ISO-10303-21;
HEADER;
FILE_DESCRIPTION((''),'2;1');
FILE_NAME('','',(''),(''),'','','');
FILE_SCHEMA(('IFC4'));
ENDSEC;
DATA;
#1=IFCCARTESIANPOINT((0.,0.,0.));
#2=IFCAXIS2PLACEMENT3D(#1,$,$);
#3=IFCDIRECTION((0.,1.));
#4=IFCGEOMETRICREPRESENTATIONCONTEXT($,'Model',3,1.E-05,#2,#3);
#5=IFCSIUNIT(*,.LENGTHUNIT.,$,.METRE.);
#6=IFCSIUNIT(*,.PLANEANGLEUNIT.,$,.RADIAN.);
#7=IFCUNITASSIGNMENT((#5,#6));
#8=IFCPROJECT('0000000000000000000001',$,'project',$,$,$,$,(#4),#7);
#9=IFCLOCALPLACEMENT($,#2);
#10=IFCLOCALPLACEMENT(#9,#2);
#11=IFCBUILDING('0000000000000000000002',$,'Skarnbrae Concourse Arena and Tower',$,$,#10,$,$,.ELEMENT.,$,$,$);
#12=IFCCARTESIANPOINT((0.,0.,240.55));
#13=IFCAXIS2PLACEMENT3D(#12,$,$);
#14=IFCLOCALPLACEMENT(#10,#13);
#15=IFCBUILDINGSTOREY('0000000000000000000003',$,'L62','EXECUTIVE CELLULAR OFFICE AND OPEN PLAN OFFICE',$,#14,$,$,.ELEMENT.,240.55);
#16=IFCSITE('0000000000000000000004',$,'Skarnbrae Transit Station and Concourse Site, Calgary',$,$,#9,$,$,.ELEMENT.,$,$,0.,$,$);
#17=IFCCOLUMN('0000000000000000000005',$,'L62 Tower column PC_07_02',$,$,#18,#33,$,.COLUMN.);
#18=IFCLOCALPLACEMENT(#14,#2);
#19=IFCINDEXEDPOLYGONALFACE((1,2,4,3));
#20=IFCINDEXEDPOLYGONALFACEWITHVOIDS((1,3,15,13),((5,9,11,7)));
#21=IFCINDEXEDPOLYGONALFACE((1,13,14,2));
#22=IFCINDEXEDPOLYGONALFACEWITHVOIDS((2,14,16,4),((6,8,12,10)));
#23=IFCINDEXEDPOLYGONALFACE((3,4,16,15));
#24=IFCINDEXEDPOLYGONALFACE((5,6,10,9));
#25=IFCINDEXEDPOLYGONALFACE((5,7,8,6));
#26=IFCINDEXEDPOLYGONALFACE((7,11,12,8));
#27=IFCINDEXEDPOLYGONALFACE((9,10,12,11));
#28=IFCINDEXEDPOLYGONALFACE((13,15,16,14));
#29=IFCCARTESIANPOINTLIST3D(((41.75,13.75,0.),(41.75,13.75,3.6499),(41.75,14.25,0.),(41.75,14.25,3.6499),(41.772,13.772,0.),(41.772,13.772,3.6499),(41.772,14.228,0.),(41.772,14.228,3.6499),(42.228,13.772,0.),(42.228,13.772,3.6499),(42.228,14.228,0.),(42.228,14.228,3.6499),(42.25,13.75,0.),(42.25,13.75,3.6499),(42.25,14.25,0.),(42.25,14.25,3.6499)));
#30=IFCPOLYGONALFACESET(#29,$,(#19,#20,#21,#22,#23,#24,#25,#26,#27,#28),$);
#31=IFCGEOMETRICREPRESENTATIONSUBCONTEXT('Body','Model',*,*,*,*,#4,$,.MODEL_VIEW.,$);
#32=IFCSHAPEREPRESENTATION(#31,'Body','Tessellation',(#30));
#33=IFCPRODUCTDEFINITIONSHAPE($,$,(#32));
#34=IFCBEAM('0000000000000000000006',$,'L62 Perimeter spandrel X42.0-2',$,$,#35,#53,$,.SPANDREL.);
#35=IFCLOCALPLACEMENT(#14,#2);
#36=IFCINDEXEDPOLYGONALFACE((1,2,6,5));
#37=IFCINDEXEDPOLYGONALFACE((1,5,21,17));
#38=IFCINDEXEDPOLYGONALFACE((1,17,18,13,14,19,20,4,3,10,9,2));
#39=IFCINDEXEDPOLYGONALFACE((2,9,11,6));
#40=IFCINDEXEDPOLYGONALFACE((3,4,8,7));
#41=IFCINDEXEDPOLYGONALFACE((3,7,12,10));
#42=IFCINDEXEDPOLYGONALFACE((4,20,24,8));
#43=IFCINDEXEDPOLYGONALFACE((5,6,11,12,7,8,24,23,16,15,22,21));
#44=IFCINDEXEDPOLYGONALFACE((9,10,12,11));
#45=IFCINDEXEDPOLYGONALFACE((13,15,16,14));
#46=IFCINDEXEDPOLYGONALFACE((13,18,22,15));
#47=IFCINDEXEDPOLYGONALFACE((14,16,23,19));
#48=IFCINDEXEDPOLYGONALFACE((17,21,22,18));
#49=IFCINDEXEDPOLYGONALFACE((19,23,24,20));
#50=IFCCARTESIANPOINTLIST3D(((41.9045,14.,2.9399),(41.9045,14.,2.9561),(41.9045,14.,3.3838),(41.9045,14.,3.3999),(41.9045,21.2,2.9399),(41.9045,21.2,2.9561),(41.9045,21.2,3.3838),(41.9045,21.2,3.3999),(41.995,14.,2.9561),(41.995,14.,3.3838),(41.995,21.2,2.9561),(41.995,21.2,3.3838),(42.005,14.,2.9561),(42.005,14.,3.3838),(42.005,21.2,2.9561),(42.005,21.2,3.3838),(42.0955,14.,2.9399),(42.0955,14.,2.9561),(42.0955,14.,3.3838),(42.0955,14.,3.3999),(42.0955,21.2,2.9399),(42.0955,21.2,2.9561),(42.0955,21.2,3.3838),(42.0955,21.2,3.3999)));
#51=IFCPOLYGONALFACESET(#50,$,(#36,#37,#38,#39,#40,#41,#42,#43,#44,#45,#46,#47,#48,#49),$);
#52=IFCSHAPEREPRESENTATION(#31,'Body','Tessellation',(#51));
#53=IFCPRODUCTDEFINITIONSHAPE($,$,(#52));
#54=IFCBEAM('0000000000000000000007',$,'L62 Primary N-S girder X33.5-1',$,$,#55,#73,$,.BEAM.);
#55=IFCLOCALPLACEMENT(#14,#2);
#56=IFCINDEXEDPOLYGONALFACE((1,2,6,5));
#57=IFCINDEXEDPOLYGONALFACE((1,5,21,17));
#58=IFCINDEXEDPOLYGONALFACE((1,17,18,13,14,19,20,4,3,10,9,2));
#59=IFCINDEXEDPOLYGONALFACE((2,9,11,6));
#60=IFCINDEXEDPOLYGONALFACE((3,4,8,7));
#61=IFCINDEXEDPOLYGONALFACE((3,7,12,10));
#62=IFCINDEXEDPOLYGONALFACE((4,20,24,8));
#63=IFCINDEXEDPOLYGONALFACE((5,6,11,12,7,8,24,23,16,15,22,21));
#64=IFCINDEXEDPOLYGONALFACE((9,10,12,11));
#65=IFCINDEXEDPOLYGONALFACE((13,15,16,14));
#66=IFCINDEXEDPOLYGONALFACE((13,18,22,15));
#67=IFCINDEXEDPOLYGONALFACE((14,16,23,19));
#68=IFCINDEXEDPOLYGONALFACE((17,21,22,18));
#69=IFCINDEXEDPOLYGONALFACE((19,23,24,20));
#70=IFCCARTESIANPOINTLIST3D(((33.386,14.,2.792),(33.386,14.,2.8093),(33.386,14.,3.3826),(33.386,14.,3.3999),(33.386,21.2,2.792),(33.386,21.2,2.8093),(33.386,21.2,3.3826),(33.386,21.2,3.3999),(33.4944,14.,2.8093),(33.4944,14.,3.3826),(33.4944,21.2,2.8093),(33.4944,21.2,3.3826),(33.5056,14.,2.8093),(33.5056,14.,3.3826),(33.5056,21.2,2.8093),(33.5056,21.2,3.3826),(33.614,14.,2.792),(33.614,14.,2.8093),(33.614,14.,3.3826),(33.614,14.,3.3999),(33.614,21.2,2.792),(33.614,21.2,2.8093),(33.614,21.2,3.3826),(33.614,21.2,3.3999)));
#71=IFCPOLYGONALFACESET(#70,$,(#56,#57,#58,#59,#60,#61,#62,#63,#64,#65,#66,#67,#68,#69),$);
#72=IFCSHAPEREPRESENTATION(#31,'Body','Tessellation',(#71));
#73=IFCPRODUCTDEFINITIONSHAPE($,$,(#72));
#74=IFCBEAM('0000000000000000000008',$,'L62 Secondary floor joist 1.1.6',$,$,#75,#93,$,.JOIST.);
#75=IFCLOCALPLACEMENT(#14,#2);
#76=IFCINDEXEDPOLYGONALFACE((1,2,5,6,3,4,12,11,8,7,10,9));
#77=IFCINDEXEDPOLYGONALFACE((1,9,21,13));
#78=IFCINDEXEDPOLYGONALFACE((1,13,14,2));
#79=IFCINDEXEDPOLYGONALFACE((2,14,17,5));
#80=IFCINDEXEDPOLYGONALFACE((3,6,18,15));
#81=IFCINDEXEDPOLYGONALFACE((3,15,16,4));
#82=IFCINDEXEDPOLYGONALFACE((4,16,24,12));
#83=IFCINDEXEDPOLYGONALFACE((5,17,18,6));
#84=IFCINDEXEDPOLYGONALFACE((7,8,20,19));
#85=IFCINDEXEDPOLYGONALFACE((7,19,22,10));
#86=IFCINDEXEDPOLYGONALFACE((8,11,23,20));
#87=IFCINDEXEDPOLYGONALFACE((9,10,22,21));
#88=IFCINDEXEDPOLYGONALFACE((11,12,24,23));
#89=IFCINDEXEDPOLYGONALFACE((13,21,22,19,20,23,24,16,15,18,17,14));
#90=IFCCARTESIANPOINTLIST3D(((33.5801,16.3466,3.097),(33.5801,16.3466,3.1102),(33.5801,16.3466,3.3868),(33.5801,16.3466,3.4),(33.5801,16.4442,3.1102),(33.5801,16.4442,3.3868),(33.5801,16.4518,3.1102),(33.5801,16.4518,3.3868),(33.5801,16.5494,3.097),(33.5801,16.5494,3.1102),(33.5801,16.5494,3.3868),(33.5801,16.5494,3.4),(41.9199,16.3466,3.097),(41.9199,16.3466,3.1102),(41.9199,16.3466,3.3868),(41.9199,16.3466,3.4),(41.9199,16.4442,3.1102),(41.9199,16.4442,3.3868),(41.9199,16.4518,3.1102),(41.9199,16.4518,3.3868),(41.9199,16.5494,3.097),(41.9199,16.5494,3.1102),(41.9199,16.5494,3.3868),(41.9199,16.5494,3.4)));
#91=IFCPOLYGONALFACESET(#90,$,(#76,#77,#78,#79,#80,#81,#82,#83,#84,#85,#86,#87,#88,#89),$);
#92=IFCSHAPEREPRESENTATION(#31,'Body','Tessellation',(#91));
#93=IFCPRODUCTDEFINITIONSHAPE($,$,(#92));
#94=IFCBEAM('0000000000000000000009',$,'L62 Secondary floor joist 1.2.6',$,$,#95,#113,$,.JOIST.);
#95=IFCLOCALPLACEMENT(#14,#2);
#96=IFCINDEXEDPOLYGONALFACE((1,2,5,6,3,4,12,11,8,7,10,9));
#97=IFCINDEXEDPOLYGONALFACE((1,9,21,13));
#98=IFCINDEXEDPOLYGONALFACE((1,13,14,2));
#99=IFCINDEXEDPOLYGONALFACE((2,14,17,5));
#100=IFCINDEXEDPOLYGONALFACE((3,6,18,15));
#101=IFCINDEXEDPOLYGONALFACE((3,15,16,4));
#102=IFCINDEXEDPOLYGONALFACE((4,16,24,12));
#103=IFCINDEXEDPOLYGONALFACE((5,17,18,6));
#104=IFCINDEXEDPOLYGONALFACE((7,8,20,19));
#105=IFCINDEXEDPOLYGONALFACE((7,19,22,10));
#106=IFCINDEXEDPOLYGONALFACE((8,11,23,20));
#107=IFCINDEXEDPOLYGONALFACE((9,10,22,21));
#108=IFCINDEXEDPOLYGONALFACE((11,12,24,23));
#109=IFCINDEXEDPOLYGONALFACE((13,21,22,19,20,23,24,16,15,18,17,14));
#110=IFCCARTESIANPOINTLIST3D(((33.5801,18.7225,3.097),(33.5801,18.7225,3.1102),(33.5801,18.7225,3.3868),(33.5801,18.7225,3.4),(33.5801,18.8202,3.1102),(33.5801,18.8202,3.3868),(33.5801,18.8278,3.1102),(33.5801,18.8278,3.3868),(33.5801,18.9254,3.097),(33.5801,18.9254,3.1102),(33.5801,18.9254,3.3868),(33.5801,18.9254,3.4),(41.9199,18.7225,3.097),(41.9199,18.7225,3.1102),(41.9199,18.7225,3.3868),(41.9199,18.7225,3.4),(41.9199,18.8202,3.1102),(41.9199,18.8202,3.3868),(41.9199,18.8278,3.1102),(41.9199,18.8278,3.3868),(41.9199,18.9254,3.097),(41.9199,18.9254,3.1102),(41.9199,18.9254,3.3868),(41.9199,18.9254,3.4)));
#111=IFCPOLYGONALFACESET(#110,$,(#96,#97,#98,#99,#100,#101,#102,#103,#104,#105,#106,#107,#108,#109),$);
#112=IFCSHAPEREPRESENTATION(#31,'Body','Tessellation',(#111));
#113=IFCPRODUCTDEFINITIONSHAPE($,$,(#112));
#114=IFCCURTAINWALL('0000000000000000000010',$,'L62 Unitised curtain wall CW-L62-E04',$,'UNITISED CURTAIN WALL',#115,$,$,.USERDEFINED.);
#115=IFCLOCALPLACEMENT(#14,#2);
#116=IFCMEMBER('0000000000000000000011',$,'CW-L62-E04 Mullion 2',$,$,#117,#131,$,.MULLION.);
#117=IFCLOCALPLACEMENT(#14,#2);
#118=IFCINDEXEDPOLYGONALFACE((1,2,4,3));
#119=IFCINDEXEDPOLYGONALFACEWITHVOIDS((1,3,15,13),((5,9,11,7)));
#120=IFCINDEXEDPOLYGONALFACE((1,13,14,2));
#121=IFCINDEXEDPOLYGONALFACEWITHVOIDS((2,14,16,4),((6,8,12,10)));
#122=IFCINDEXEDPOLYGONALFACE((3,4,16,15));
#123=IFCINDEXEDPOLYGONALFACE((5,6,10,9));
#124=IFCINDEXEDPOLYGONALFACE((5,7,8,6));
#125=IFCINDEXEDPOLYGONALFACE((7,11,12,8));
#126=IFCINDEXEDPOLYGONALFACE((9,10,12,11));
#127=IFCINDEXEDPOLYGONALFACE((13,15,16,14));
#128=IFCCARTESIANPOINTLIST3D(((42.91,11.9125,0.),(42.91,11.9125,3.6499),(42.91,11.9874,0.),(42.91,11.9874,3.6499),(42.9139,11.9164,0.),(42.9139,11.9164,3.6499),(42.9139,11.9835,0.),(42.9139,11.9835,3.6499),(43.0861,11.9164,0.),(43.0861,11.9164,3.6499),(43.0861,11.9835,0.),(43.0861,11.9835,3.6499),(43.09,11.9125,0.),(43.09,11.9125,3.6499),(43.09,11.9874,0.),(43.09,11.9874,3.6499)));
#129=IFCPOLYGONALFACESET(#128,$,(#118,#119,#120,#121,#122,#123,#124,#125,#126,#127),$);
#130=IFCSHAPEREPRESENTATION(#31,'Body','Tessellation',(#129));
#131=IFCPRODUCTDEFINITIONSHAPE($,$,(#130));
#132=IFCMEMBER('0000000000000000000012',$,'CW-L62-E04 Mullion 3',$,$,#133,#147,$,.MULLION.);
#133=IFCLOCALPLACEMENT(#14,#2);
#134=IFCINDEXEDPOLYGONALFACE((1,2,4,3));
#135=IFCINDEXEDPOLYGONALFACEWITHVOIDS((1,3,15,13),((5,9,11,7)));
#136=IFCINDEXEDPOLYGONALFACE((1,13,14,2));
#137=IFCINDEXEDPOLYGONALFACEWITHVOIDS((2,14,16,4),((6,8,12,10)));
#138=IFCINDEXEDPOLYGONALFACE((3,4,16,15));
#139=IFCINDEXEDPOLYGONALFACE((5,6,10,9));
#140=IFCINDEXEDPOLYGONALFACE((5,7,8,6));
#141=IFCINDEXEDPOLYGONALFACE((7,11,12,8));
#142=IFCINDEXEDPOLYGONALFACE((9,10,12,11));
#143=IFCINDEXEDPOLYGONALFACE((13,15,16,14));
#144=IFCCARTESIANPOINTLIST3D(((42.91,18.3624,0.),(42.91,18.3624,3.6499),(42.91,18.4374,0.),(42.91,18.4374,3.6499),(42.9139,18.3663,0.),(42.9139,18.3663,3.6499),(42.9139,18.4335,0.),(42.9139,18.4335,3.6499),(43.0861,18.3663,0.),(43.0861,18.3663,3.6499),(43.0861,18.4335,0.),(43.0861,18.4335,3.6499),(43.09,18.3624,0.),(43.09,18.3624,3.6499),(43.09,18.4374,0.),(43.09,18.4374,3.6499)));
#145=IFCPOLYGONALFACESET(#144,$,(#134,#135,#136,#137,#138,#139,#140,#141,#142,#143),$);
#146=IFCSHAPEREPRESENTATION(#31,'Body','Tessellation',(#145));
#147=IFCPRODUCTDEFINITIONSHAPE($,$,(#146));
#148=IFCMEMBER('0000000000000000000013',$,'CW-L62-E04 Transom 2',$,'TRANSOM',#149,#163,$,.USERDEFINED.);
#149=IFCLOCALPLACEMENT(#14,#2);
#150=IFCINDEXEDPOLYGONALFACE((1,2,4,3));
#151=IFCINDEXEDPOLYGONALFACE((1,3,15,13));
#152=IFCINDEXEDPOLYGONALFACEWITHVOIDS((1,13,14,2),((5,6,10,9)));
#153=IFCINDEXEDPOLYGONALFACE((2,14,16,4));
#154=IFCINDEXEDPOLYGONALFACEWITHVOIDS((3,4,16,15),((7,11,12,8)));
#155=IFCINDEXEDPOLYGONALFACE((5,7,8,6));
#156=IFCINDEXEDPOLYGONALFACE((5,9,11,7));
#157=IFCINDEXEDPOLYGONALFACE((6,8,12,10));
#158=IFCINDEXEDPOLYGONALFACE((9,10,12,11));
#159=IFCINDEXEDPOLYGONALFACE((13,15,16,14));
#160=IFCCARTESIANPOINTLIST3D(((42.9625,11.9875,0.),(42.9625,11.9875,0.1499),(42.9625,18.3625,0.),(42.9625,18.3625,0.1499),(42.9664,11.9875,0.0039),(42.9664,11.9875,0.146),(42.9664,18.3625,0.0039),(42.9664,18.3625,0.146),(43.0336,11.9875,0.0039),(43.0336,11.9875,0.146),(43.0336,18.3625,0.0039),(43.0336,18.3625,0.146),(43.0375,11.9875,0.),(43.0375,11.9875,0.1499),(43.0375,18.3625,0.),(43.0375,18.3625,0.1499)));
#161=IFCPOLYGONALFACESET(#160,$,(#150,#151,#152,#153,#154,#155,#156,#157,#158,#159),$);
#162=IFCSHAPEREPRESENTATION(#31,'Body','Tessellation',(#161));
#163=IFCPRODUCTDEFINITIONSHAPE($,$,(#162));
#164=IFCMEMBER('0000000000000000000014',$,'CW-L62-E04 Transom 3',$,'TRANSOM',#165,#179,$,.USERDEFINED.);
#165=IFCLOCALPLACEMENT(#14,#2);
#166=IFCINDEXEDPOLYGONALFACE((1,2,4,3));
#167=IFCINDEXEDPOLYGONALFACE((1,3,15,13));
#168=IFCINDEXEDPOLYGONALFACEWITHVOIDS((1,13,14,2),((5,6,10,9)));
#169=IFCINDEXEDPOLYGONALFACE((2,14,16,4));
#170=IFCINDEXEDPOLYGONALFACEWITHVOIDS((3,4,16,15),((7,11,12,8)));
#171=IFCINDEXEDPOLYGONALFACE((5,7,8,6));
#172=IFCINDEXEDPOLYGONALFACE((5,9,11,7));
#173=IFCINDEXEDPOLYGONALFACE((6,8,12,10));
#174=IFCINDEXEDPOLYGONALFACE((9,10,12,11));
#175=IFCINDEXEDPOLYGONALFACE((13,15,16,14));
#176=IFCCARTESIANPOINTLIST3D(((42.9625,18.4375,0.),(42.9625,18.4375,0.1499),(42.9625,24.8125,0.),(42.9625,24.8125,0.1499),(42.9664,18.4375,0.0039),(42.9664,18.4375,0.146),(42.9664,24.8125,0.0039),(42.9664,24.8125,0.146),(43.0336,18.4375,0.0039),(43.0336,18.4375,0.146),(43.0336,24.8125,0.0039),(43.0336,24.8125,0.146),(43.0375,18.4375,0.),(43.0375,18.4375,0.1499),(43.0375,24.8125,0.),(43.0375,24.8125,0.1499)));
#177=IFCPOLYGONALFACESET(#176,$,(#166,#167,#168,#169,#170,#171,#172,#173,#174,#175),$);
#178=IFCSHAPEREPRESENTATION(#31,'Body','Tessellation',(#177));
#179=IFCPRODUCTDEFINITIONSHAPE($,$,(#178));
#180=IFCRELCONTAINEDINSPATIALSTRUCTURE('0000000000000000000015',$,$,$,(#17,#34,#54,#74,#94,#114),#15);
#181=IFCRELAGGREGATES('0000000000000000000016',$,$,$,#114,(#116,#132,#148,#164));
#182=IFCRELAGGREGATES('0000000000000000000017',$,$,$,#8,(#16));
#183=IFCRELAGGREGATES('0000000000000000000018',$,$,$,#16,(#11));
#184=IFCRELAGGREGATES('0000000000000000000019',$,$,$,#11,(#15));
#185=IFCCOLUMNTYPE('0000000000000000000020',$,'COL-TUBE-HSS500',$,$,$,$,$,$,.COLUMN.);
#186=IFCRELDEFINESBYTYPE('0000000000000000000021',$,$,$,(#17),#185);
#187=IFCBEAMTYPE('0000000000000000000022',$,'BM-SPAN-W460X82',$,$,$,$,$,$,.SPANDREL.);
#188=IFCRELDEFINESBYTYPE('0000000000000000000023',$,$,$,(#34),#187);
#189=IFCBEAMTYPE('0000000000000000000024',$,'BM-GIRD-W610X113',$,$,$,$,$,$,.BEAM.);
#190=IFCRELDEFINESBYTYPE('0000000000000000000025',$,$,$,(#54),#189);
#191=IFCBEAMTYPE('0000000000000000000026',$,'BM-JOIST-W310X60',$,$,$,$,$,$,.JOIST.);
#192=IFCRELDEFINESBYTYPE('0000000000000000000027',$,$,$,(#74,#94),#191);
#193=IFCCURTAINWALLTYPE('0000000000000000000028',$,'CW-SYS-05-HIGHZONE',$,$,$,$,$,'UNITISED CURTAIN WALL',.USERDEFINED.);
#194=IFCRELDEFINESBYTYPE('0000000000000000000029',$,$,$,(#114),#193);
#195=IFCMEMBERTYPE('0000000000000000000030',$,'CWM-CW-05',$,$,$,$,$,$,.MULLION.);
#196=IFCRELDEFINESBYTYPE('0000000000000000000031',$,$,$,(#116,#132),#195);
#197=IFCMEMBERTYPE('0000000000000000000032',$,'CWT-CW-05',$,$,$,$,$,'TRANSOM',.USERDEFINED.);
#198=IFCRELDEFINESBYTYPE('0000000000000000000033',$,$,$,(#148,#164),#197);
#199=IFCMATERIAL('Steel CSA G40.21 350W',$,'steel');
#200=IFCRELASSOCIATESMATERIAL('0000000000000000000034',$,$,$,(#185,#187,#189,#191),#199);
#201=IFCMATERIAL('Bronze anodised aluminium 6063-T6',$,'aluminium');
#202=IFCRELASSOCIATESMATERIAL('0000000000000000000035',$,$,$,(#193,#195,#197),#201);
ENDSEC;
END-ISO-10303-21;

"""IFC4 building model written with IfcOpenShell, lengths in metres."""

from ifc_helpers import new_model, si_unit, direction, frame, origin, origin_2d, place, context, subcontext, project, spatial, hollow_rectangle, i_section, extrude, source, transform, mapped, material, material_profile, profile_set, type_object, element, aggregate, save


model = new_model("IFC4")

# Units and contexts
model_context = context("Model", 3, precision=1e-05, world=origin(), true_north=direction((0.0, 1.0)))
body_context = subcontext(model_context, "Body", "Model", "MODEL_VIEW")
ifc_project = project(units=[si_unit("LENGTHUNIT", "METRE"), si_unit("PLANEANGLEUNIT", "RADIAN")], contexts=[model_context])

# Site, building, storey
site_placement = place(None, origin())
site = spatial("IfcSite", under=ifc_project, at=site_placement, Name="Skarnbrae Transit Station and Concourse Site, Calgary", CompositionType="ELEMENT", RefElevation=0.0)
building_placement = place(site_placement, origin())
building = spatial("IfcBuilding", under=site, at=building_placement, Name="Skarnbrae Concourse Arena and Tower", CompositionType="ELEMENT")
storey_placement = place(building_placement, frame((0.0, 0.0, 240.55)))
storey = spatial("IfcBuildingStorey", under=building, at=storey_placement, Name="L62", Description="EXECUTIVE CELLULAR OFFICE AND OPEN PLAN OFFICE", CompositionType="ELEMENT", Elevation=240.55)

# Column
ifc_material_1 = material(Name="Steel CSA G40.21 350W", Category="steel")
ifc_material_profile_1 = material_profile(ifc_material_1, hollow_rectangle(XDim=0.5, YDim=0.5, WallThickness=0.022, at=origin_2d()), Name="HSS500X500X22.0")
ifc_profile_set_1 = profile_set([ifc_material_profile_1], Name="Steel CSA G40.21 350W")
column_type = type_object("IfcColumnType", Name="COL-TUBE-HSS500", PredefinedType="COLUMN", material=ifc_profile_set_1)
shared_shape_1 = source(origin(), body_context, "Body", "SweptSolid", [
    extrude(hollow_rectangle(XDim=0.5, YDim=0.5, WallThickness=0.022, at=origin_2d()), origin(), (0.0, 0.0, 1.0), 3.6499),
])
column_placement = place(storey_placement, frame((42.0, 14.0, 0.0), z_axis=(0.0, 0.0, 1.0), x_axis=(1.0, 0.0, 0.0)))
element("IfcColumn", 1, at=column_placement, inside=storey, type_object=column_type, Name="L62 Tower column PC_07_02", PredefinedType="COLUMN", context=body_context, shape_type="MappedRepresentation", body=[
    mapped(shared_shape_1, transform((0.0, 0.0, 0.0))),
])

# Beams
ifc_material_profile_2 = material_profile(ifc_material_1, i_section(OverallWidth=0.1909, OverallDepth=0.46, WebThickness=0.01, FlangeThickness=0.0161, at=origin_2d()), Name="W460X82")
ifc_profile_set_2 = profile_set([ifc_material_profile_2], Name="Steel CSA G40.21 350W")
beam_type_1 = type_object("IfcBeamType", Name="BM-SPAN-W460X82", PredefinedType="SPANDREL", material=ifc_profile_set_2)
shared_shape_2 = source(origin(), body_context, "Body", "SweptSolid", [
    extrude(i_section(OverallWidth=0.1909, OverallDepth=0.46, WebThickness=0.01, FlangeThickness=0.0161, at=origin_2d()), origin(), (0.0, 0.0, 1.0), 7.2),
])
beam_1_placement = place(storey_placement, frame((42.0, 14.0, 3.1699), z_axis=(0.0, 1.0, 0.0), x_axis=(-1.0, 0.0, 0.0)))
element("IfcBeam", 2, at=beam_1_placement, inside=storey, type_object=beam_type_1, Name="L62 Perimeter spandrel X42.0-2", PredefinedType="SPANDREL", context=body_context, shape_type="MappedRepresentation", body=[
    mapped(shared_shape_2, transform((0.0, 0.0, 0.0))),
])
ifc_material_profile_3 = material_profile(ifc_material_1, i_section(OverallWidth=0.228, OverallDepth=0.6079, WebThickness=0.0112, FlangeThickness=0.0173, at=origin_2d()), Name="W610X113")
ifc_profile_set_3 = profile_set([ifc_material_profile_3], Name="Steel CSA G40.21 350W")
beam_type_2 = type_object("IfcBeamType", Name="BM-GIRD-W610X113", PredefinedType="BEAM", material=ifc_profile_set_3)
shared_shape_3 = source(origin(), body_context, "Body", "SweptSolid", [
    extrude(i_section(OverallWidth=0.228, OverallDepth=0.6079, WebThickness=0.0112, FlangeThickness=0.0173, at=origin_2d()), origin(), (0.0, 0.0, 1.0), 7.2),
])
beam_2_placement = place(storey_placement, frame((33.5, 14.0, 3.0959), z_axis=(0.0, 1.0, 0.0), x_axis=(-1.0, 0.0, 0.0)))
element("IfcBeam", 3, at=beam_2_placement, inside=storey, type_object=beam_type_2, Name="L62 Primary N-S girder X33.5-1", PredefinedType="BEAM", context=body_context, shape_type="MappedRepresentation", body=[
    mapped(shared_shape_3, transform((0.0, 0.0, 0.0))),
])
ifc_material_profile_4 = material_profile(ifc_material_1, i_section(OverallWidth=0.2029, OverallDepth=0.303, WebThickness=0.0076, FlangeThickness=0.0132, at=origin_2d()), Name="W310X60")
ifc_profile_set_4 = profile_set([ifc_material_profile_4], Name="Steel CSA G40.21 350W")
beam_type_3 = type_object("IfcBeamType", Name="BM-JOIST-W310X60", PredefinedType="JOIST", material=ifc_profile_set_4)
shared_shape_4 = source(origin(), body_context, "Body", "SweptSolid", [
    extrude(i_section(OverallWidth=0.2029, OverallDepth=0.303, WebThickness=0.0076, FlangeThickness=0.0132, at=origin_2d()), origin(), (0.0, 0.0, 1.0), 8.3398),
])
for number, where, z_axis, x_axis, name in (
    (4, (33.5801, 16.448, 3.2485), (1.0, 0.0, 0.0), (0.0, 1.0, 0.0), "L62 Secondary floor joist 1.1.6"),
    (5, (33.5801, 18.824, 3.2485), (1.0, 0.0, 0.0), (0.0, 1.0, 0.0), "L62 Secondary floor joist 1.2.6"),
):
    element("IfcBeam", number, at=place(storey_placement, frame(where, z_axis=z_axis, x_axis=x_axis)), inside=storey, type_object=beam_type_3, Name=name, PredefinedType="JOIST", context=body_context, shape_type="MappedRepresentation", body=[
        mapped(shared_shape_4, transform((0.0, 0.0, 0.0))),
    ])

# Curtain wall, members
ifc_material_2 = material(Name="Bronze anodised aluminium 6063-T6", Category="aluminium")
curtain_wall_type = type_object("IfcCurtainWallType", Name="CW-SYS-05-HIGHZONE", ElementType="UNITISED CURTAIN WALL", PredefinedType="USERDEFINED", material=ifc_material_2)
curtain_wall_placement = place(storey_placement, origin())
curtain_wall = element("IfcCurtainWall", 6, at=curtain_wall_placement, inside=storey, type_object=curtain_wall_type, Name="L62 Unitised curtain wall CW-L62-E04", ObjectType="UNITISED CURTAIN WALL", PredefinedType="USERDEFINED")
ifc_material_profile_5 = material_profile(ifc_material_2, hollow_rectangle(XDim=0.075, YDim=0.1799, WallThickness=0.0039, at=origin_2d()), Name="ALU-MULL-75X180")
ifc_profile_set_5 = profile_set([ifc_material_profile_5], Name="Bronze anodised aluminium 6063-T6")
member_type_1 = type_object("IfcMemberType", Name="CWM-CW-05", PredefinedType="MULLION", material=ifc_profile_set_5)
shared_shape_5 = source(origin(), body_context, "Body", "SweptSolid", [
    extrude(hollow_rectangle(XDim=0.075, YDim=0.1799, WallThickness=0.0039, at=origin_2d()), origin(), (0.0, 0.0, 1.0), 3.6499),
])
member_1_placement = place(storey_placement, frame((43.0, 11.95, 0.0), z_axis=(0.0, 0.0, 1.0), x_axis=(0.0, 1.0, 0.0)))
member_1 = element("IfcMember", 7, at=member_1_placement, type_object=member_type_1, Name="CW-L62-E04 Mullion 2", PredefinedType="MULLION", context=body_context, shape_type="MappedRepresentation", body=[
    mapped(shared_shape_5, transform((0.0, 0.0, 0.0))),
])
member_2_placement = place(storey_placement, frame((43.0, 18.3999, 0.0), z_axis=(0.0, 0.0, 1.0), x_axis=(0.0, 1.0, 0.0)))
member_2 = element("IfcMember", 8, at=member_2_placement, type_object=member_type_1, Name="CW-L62-E04 Mullion 3", PredefinedType="MULLION", context=body_context, shape_type="MappedRepresentation", body=[
    mapped(shared_shape_5, transform((0.0, 0.0, 0.0))),
])
ifc_material_profile_6 = material_profile(ifc_material_2, hollow_rectangle(XDim=0.075, YDim=0.1499, WallThickness=0.0039, at=origin_2d()), Name="ALU-TRAN-75X150")
ifc_profile_set_6 = profile_set([ifc_material_profile_6], Name="Bronze anodised aluminium 6063-T6")
member_type_2 = type_object("IfcMemberType", Name="CWT-CW-05", ElementType="TRANSOM", PredefinedType="USERDEFINED", material=ifc_profile_set_6)
shared_shape_6 = source(origin(), body_context, "Body", "SweptSolid", [
    extrude(hollow_rectangle(XDim=0.075, YDim=0.1499, WallThickness=0.0039, at=origin_2d()), origin(), (0.0, 0.0, 1.0), 6.375),
])
member_3_placement = place(storey_placement, frame((43.0, 11.9875, 0.075), z_axis=(0.0, 1.0, 0.0), x_axis=(-1.0, 0.0, 0.0)))
member_3 = element("IfcMember", 9, at=member_3_placement, type_object=member_type_2, Name="CW-L62-E04 Transom 2", ObjectType="TRANSOM", PredefinedType="USERDEFINED", context=body_context, shape_type="MappedRepresentation", body=[
    mapped(shared_shape_6, transform((0.0, 0.0, 0.0))),
])
member_4_placement = place(storey_placement, frame((43.0, 18.4375, 0.075), z_axis=(0.0, 1.0, 0.0), x_axis=(-1.0, 0.0, 0.0)))
member_4 = element("IfcMember", 10, at=member_4_placement, type_object=member_type_2, Name="CW-L62-E04 Transom 3", ObjectType="TRANSOM", PredefinedType="USERDEFINED", context=body_context, shape_type="MappedRepresentation", body=[
    mapped(shared_shape_6, transform((0.0, 0.0, 0.0))),
])
aggregate(curtain_wall, [member_1, member_2, member_3, member_4])

save(model, "model.ifc")
